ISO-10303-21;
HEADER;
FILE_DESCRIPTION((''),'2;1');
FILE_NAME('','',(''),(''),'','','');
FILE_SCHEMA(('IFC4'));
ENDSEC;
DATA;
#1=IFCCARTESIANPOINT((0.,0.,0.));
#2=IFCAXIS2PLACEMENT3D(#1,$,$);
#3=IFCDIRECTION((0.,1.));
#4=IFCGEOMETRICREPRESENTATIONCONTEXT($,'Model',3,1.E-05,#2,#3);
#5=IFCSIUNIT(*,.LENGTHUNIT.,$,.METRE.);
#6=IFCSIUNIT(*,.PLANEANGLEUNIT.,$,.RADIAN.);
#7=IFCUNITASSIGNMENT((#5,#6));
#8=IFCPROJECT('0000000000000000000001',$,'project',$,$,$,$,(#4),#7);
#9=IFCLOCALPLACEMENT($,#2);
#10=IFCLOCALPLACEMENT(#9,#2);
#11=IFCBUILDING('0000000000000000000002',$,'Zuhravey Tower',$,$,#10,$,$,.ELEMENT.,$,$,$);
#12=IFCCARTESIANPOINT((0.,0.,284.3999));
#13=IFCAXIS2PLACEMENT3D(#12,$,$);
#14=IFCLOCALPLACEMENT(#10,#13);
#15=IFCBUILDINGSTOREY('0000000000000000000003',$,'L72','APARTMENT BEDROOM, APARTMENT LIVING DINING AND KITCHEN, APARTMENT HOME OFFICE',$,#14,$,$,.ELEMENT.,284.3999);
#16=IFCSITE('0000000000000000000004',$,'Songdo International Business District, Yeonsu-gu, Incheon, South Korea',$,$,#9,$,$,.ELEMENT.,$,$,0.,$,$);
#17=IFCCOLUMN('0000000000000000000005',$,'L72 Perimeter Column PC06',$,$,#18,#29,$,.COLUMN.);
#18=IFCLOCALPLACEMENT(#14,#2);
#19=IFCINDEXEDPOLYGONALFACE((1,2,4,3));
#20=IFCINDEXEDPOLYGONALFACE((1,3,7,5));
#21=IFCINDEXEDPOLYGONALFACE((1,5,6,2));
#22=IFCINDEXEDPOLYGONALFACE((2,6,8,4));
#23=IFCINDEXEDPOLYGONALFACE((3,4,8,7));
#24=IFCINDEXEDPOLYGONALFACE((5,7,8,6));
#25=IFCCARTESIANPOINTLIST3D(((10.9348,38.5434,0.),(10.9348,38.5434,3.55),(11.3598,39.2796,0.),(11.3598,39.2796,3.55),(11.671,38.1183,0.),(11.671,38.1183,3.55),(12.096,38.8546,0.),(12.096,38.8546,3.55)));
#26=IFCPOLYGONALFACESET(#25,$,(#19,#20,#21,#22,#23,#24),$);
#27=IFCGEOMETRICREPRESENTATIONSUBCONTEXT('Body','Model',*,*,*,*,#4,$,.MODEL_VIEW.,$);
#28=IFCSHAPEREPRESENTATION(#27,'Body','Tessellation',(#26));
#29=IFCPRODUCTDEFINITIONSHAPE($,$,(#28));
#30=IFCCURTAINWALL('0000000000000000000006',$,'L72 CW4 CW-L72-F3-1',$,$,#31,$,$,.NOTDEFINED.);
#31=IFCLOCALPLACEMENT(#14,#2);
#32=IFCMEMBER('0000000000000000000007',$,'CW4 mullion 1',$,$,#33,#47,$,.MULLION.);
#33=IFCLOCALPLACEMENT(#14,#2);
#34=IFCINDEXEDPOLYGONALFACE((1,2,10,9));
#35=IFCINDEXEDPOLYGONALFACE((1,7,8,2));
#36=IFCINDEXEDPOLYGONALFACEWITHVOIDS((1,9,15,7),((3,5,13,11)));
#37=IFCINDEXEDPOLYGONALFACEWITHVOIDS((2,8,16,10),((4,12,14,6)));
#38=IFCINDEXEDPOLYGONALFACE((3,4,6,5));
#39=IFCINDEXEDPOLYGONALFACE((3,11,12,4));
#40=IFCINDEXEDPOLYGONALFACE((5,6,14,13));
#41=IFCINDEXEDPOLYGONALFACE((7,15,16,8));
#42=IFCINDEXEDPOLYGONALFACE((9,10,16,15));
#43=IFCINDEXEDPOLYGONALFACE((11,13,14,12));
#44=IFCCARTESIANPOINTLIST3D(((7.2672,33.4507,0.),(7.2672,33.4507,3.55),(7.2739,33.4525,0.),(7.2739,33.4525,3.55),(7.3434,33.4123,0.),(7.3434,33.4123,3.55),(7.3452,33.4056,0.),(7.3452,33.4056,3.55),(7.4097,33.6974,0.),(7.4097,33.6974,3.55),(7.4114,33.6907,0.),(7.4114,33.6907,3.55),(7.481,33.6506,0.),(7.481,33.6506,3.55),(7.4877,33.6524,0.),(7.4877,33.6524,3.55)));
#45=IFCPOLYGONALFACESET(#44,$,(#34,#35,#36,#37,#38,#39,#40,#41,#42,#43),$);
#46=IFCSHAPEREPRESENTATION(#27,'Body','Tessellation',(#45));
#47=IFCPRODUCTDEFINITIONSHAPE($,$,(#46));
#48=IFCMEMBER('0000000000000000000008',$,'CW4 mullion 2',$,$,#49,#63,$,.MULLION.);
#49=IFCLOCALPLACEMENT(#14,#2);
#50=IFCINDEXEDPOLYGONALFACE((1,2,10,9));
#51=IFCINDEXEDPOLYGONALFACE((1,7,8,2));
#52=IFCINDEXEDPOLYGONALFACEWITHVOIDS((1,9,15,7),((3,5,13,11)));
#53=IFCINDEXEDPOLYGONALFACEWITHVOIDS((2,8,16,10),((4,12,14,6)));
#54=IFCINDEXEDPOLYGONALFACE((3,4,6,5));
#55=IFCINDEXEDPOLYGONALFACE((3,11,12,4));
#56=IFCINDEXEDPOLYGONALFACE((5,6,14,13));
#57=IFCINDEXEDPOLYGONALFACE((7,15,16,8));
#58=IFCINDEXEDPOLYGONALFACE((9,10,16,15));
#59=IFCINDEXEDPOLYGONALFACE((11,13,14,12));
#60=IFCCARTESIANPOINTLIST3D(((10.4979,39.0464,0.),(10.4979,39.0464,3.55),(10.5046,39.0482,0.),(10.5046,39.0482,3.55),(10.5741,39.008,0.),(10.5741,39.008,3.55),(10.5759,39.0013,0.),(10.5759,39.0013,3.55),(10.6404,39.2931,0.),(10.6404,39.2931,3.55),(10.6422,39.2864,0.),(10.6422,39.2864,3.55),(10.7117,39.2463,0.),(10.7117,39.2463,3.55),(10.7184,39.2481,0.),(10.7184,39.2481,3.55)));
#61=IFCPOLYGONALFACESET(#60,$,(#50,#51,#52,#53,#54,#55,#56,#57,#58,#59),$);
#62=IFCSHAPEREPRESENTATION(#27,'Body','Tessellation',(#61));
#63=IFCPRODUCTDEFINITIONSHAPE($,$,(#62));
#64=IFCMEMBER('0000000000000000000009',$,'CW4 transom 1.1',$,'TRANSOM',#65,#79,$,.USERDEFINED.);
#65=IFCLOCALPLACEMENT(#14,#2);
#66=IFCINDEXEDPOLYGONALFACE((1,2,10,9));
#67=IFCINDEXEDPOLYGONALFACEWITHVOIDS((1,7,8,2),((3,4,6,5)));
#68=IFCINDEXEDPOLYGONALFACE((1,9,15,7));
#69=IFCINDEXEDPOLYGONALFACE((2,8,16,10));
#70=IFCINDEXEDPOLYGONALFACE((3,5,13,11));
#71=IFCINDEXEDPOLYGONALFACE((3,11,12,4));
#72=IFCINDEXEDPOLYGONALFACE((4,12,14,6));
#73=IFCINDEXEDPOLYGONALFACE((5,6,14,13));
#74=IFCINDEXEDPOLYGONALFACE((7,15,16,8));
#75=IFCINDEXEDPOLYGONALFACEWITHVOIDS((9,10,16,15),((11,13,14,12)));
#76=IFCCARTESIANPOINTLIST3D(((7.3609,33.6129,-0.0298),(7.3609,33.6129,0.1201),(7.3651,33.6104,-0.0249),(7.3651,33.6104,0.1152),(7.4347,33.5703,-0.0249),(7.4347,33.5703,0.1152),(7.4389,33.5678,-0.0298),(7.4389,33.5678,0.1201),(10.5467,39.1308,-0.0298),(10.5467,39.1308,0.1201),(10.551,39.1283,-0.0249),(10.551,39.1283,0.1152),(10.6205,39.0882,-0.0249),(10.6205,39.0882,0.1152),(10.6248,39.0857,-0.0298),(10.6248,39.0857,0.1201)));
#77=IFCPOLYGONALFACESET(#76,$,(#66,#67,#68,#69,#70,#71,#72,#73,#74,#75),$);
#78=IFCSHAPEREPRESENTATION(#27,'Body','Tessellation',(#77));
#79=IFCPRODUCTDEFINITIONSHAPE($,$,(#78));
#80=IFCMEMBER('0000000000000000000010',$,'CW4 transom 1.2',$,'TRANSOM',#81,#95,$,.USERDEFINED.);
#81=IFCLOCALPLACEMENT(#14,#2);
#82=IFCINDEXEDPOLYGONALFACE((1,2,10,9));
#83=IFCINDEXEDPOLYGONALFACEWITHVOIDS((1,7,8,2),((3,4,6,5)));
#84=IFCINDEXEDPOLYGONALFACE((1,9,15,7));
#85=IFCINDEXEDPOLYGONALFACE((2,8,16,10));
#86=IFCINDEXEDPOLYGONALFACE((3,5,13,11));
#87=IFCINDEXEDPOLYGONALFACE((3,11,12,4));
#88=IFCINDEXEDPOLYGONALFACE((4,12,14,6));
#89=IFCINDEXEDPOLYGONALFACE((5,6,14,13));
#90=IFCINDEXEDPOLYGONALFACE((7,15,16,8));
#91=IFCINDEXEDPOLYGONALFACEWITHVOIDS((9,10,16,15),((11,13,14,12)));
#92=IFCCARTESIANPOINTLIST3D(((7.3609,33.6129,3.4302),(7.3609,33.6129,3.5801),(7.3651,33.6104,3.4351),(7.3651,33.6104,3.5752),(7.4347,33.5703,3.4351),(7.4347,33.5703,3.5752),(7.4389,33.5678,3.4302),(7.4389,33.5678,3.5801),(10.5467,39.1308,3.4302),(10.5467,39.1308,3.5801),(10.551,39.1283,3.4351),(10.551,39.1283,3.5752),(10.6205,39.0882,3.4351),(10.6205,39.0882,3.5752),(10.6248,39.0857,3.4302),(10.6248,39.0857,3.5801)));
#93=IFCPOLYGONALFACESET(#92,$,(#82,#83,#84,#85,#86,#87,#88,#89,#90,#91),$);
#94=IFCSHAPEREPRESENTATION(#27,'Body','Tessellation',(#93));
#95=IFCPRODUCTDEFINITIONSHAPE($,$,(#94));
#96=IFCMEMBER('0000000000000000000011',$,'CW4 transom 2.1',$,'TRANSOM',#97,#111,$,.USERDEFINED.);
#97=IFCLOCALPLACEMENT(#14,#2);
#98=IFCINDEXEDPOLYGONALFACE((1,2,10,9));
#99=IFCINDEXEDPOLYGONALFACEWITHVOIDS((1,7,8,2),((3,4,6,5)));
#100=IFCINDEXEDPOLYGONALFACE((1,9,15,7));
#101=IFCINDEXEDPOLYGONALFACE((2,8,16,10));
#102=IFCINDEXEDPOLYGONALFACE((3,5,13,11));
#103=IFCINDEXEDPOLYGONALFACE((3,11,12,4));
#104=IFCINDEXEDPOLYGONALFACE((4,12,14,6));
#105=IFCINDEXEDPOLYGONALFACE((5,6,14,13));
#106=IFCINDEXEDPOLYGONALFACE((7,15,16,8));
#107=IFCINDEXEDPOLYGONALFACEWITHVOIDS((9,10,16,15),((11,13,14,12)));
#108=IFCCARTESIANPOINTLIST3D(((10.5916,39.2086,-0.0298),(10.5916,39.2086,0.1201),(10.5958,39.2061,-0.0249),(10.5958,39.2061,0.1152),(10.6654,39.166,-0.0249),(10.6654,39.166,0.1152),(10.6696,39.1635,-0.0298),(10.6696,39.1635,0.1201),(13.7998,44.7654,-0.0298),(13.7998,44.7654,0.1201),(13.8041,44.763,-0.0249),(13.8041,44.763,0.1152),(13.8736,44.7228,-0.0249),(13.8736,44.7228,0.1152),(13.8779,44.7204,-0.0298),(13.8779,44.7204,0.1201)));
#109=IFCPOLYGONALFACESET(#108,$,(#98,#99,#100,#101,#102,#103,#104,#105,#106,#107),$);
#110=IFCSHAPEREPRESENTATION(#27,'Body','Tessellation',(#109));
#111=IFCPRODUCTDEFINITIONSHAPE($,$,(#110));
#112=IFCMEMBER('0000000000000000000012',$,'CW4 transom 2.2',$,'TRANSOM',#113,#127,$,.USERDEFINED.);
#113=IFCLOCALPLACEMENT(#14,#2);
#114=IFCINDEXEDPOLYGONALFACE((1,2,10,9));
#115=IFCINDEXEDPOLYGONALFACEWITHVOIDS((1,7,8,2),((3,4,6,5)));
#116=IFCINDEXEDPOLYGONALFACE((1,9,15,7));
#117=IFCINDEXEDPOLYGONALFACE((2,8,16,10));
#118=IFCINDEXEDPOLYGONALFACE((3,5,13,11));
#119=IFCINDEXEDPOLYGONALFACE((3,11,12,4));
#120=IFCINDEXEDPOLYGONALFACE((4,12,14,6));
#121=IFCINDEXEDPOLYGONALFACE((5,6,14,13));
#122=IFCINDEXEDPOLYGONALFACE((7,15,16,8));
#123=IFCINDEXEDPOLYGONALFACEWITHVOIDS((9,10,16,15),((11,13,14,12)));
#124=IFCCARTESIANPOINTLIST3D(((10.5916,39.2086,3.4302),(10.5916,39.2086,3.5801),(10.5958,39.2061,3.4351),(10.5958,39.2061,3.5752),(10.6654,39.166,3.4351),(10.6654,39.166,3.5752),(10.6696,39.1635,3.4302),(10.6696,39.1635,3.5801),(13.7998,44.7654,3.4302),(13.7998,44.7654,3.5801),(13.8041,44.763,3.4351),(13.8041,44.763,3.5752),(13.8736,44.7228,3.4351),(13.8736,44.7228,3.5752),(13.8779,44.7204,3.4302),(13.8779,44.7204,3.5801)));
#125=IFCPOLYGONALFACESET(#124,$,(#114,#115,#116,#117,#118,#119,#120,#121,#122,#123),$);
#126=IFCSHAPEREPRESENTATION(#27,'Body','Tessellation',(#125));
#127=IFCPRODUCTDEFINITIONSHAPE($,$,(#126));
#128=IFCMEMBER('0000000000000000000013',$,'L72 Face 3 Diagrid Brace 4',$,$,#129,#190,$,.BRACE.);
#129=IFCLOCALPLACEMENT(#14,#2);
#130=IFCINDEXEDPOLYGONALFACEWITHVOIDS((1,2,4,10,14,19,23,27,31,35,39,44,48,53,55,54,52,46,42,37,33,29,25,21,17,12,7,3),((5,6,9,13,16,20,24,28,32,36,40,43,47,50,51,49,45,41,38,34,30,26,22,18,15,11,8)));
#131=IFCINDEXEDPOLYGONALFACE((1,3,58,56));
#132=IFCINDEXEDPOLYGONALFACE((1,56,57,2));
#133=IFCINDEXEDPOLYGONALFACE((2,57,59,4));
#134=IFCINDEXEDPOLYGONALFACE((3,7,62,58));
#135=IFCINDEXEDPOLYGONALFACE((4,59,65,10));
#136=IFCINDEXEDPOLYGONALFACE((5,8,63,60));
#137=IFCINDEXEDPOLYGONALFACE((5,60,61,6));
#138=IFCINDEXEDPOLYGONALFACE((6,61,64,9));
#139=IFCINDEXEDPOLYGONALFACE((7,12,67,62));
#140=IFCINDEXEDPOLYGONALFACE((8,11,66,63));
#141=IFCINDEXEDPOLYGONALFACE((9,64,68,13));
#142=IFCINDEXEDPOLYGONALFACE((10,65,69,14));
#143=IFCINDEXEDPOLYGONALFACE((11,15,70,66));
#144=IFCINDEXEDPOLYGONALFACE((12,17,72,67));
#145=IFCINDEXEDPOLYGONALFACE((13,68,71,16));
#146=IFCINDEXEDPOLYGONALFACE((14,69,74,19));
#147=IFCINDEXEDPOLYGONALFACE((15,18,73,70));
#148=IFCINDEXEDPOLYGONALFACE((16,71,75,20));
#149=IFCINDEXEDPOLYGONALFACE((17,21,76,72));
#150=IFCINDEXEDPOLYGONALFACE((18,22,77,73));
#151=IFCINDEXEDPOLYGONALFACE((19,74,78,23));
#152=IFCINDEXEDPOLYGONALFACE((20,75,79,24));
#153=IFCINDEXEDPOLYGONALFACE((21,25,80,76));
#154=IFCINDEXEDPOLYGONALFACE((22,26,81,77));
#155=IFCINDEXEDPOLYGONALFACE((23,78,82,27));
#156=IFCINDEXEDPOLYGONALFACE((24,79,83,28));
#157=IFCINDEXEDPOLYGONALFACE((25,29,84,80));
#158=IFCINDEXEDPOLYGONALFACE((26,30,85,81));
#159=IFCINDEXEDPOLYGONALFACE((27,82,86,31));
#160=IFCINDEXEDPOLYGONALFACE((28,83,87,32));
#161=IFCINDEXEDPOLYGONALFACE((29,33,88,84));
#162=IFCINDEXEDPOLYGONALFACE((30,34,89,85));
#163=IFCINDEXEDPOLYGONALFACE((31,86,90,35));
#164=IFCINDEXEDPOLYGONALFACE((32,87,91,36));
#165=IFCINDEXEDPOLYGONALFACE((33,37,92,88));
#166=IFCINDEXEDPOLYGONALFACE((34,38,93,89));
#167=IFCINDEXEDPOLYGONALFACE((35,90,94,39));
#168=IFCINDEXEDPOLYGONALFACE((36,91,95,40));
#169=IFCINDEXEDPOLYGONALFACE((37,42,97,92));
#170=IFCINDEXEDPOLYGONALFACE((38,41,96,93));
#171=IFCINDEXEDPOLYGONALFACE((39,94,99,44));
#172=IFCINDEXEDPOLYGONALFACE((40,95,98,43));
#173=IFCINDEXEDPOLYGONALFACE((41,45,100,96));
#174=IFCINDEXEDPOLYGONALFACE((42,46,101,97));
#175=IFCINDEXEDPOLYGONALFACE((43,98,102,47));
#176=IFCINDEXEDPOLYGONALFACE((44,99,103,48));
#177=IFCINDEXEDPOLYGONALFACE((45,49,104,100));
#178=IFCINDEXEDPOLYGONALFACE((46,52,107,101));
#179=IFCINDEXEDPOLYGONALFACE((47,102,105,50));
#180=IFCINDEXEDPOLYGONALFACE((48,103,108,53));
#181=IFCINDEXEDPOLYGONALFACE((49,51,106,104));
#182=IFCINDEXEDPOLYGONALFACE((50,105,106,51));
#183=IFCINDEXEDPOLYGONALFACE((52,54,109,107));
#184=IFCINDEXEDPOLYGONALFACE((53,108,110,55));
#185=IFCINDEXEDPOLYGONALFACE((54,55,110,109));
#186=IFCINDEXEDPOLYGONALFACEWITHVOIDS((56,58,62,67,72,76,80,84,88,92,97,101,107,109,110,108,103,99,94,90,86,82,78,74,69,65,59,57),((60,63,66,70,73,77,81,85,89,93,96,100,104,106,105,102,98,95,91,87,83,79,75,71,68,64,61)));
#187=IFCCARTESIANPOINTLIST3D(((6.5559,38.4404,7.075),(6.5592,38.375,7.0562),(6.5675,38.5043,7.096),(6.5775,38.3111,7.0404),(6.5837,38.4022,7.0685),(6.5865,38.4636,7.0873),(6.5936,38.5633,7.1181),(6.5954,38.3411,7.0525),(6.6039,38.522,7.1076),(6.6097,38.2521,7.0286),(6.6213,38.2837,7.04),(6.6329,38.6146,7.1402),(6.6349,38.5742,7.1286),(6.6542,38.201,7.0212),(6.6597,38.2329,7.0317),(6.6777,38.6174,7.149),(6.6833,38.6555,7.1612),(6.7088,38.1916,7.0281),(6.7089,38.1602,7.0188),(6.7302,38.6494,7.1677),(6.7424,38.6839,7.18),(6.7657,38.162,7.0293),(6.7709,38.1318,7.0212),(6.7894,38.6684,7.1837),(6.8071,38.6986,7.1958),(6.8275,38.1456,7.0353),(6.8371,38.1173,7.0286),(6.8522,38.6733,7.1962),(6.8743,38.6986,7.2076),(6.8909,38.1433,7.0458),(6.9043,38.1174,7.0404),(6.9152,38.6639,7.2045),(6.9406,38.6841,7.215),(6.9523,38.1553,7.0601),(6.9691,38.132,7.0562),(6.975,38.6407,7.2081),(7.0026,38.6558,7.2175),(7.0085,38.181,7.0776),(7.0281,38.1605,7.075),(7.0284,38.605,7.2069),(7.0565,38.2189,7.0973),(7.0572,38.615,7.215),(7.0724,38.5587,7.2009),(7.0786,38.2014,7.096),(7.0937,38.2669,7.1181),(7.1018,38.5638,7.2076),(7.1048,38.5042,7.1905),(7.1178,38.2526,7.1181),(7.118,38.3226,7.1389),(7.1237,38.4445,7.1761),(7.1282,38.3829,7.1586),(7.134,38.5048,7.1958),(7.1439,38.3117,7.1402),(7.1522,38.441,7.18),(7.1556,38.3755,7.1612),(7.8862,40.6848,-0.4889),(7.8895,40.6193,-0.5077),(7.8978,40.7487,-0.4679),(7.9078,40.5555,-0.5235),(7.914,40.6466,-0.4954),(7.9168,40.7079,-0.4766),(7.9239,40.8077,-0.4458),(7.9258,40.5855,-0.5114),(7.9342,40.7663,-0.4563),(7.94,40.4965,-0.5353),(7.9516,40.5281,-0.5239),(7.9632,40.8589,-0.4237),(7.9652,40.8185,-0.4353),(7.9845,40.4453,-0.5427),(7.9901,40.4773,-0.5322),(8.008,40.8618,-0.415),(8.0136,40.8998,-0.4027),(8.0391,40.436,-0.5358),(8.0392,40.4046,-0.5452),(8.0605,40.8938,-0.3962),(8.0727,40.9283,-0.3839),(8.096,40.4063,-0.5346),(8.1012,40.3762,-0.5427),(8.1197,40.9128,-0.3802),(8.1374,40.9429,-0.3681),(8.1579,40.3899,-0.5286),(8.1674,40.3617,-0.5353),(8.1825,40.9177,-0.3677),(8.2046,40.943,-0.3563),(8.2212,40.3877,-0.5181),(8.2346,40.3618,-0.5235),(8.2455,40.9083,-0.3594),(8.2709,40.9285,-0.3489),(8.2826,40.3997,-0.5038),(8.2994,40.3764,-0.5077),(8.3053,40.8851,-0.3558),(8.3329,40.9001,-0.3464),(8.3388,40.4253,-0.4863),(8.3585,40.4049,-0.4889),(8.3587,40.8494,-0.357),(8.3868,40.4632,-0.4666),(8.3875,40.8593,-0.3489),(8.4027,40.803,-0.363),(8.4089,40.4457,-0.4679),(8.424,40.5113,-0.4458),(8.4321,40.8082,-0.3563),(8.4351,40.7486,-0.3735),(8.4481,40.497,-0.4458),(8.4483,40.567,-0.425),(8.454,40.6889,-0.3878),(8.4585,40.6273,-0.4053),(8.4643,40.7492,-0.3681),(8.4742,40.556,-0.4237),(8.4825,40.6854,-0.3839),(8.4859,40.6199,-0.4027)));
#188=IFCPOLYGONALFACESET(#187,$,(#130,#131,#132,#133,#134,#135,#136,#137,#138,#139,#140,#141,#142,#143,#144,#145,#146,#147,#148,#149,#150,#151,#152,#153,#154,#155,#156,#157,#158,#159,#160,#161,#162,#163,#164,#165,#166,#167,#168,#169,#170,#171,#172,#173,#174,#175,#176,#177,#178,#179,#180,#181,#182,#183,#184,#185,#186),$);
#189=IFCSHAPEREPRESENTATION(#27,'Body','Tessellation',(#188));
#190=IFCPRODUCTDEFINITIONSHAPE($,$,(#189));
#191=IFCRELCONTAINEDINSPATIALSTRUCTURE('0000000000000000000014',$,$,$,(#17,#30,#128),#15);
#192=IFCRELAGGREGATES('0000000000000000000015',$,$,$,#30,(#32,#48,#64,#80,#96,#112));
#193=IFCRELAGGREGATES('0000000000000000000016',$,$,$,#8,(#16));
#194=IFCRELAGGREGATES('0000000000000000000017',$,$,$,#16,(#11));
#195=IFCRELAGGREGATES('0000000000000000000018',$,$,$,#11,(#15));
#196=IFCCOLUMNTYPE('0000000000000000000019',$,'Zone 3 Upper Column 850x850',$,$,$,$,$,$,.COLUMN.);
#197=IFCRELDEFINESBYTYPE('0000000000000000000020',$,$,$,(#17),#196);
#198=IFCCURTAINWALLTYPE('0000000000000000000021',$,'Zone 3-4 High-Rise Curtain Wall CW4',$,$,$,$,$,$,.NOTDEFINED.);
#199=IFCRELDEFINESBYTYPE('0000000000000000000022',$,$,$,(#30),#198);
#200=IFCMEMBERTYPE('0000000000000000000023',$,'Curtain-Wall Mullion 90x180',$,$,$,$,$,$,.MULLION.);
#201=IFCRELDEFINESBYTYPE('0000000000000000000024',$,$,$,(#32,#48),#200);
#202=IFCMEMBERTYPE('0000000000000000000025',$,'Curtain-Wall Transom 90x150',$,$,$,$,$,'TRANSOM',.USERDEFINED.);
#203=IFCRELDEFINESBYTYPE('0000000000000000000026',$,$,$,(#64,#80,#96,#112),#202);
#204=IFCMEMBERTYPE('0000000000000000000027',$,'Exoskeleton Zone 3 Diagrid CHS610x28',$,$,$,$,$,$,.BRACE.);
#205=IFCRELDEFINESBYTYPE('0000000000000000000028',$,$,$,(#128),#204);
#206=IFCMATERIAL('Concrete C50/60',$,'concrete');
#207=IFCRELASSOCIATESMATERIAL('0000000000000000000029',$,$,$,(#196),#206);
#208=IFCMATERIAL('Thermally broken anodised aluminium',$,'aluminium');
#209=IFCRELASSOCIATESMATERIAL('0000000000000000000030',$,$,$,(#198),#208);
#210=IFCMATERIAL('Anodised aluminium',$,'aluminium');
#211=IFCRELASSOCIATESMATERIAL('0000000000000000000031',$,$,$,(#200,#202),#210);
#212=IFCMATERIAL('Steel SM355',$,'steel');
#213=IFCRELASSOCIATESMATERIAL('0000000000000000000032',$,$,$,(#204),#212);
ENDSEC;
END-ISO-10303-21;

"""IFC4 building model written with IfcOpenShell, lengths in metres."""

from ifc_helpers import new_model, si_unit, direction, frame, origin, origin_2d, place, context, subcontext, project, spatial, rectangle, hollow_rectangle, hollow_circle, extrude, material, material_profile, profile_set, type_object, element, aggregate, save


model = new_model("IFC4")

# Units and contexts
model_context = context("Model", 3, precision=1e-05, world=origin(), true_north=direction((0.0, 1.0)))
body_context = subcontext(model_context, "Body", "Model", "MODEL_VIEW")
ifc_project = project(units=[si_unit("LENGTHUNIT", "METRE"), si_unit("PLANEANGLEUNIT", "RADIAN")], contexts=[model_context])

# Site, building, storey
site_placement = place(None, origin())
site = spatial("IfcSite", under=ifc_project, at=site_placement, Name="Songdo International Business District, Yeonsu-gu, Incheon, South Korea", CompositionType="ELEMENT", RefElevation=0.0)
building_placement = place(site_placement, origin())
building = spatial("IfcBuilding", under=site, at=building_placement, Name="Zuhravey Tower", CompositionType="ELEMENT")
storey_placement = place(building_placement, frame((0.0, 0.0, 284.3999)))
storey = spatial("IfcBuildingStorey", under=building, at=storey_placement, Name="L72", Description="APARTMENT BEDROOM, APARTMENT LIVING DINING AND KITCHEN, APARTMENT HOME OFFICE", CompositionType="ELEMENT", Elevation=284.3999)

# Column
ifc_material_1 = material(Name="Concrete C50/60", Category="concrete")
ifc_material_profile_1 = material_profile(ifc_material_1, rectangle(XDim=0.8501, YDim=0.8501, at=origin_2d()), Name="RC-850x850")
ifc_profile_set_1 = profile_set([ifc_material_profile_1], Name="Concrete C50/60")
column_type = type_object("IfcColumnType", Name="Zone 3 Upper Column 850x850", PredefinedType="COLUMN", material=ifc_profile_set_1)
column_placement = place(storey_placement, frame((11.5154, 38.699, 0.0), z_axis=(0.0, 0.0, 1.0), x_axis=(-0.5, -0.866025, 0.0)))
element("IfcColumn", 1, at=column_placement, inside=storey, type_object=column_type, Name="L72 Perimeter Column PC06", PredefinedType="COLUMN", context=body_context, shape_type="SweptSolid", body=[
    extrude(rectangle(XDim=0.8501, YDim=0.8501, at=origin_2d()), origin(), (0.0, 0.0, 1.0), 3.55),
])

# Curtain wall, members
ifc_material_2 = material(Name="Thermally broken anodised aluminium", Category="aluminium")
curtain_wall_type = type_object("IfcCurtainWallType", Name="Zone 3-4 High-Rise Curtain Wall CW4", PredefinedType="NOTDEFINED", material=ifc_material_2)
curtain_wall_placement = place(storey_placement, origin())
curtain_wall = element("IfcCurtainWall", 2, at=curtain_wall_placement, inside=storey, type_object=curtain_wall_type, Name="L72 CW4 CW-L72-F3-1", PredefinedType="NOTDEFINED")
ifc_material_3 = material(Name="Anodised aluminium", Category="aluminium")
ifc_material_profile_2 = material_profile(ifc_material_3, hollow_rectangle(XDim=0.0901, YDim=0.2849, WallThickness=0.0049, at=origin_2d()), Name="ALU-RHS-90x285x5")
ifc_profile_set_2 = profile_set([ifc_material_profile_2], Name="Anodised aluminium")
member_type_1 = type_object("IfcMemberType", Name="Curtain-Wall Mullion 90x180", PredefinedType="MULLION", material=ifc_profile_set_2)
member_1_placement = place(storey_placement, frame((7.3774, 33.5515, 0.0), z_axis=(0.0, 0.0, 1.0), x_axis=(-0.866025, 0.500001, 0.0)))
member_1 = element("IfcMember", 3, at=member_1_placement, type_object=member_type_1, Name="CW4 mullion 1", PredefinedType="MULLION", context=body_context, shape_type="SweptSolid", body=[
    extrude(hollow_rectangle(XDim=0.0901, YDim=0.2849, WallThickness=0.0049, at=origin_2d()), origin(), (0.0, 0.0, 1.0), 3.55),
])
member_2_placement = place(storey_placement, frame((10.6082, 39.1472, 0.0), z_axis=(0.0, 0.0, 1.0), x_axis=(-0.866025, 0.500001, 0.0)))
member_2 = element("IfcMember", 4, at=member_2_placement, type_object=member_type_1, Name="CW4 mullion 2", PredefinedType="MULLION", context=body_context, shape_type="SweptSolid", body=[
    extrude(hollow_rectangle(XDim=0.0901, YDim=0.2849, WallThickness=0.0049, at=origin_2d()), origin(), (0.0, 0.0, 1.0), 3.55),
])
ifc_material_profile_3 = material_profile(ifc_material_3, hollow_rectangle(XDim=0.0901, YDim=0.1499, WallThickness=0.0049, at=origin_2d()), Name="ALU-RHS-90x150x5")
ifc_profile_set_3 = profile_set([ifc_material_profile_3], Name="Anodised aluminium")
member_type_2 = type_object("IfcMemberType", Name="Curtain-Wall Transom 90x150", ElementType="TRANSOM", PredefinedType="USERDEFINED", material=ifc_profile_set_3)
member_3_placement = place(storey_placement, frame((7.3999, 33.5903, 0.0452), z_axis=(0.500009, 0.86602, 0.0), x_axis=(-0.86602, 0.500009, 0.0)))
member_3 = element("IfcMember", 5, at=member_3_placement, type_object=member_type_2, Name="CW4 transom 1.1", ObjectType="TRANSOM", PredefinedType="USERDEFINED", context=body_context, shape_type="SweptSolid", body=[
    extrude(hollow_rectangle(XDim=0.0901, YDim=0.1499, WallThickness=0.0049, at=origin_2d()), origin(), (0.0, 0.0, 1.0), 6.3716),
])
member_4_placement = place(storey_placement, frame((7.3999, 33.5903, 3.5051), z_axis=(0.500009, 0.86602, 0.0), x_axis=(-0.86602, 0.500009, 0.0)))
member_4 = element("IfcMember", 6, at=member_4_placement, type_object=member_type_2, Name="CW4 transom 1.2", ObjectType="TRANSOM", PredefinedType="USERDEFINED", context=body_context, shape_type="SweptSolid", body=[
    extrude(hollow_rectangle(XDim=0.0901, YDim=0.1499, WallThickness=0.0049, at=origin_2d()), origin(), (0.0, 0.0, 1.0), 6.3716),
])
member_5_placement = place(storey_placement, frame((10.6306, 39.186, 0.0452), z_axis=(0.499998, 0.866027, 0.0), x_axis=(-0.866027, 0.499998, 0.0)))
member_5 = element("IfcMember", 7, at=member_5_placement, type_object=member_type_2, Name="CW4 transom 2.1", ObjectType="TRANSOM", PredefinedType="USERDEFINED", context=body_context, shape_type="SweptSolid", body=[
    extrude(hollow_rectangle(XDim=0.0901, YDim=0.1499, WallThickness=0.0049, at=origin_2d()), origin(), (0.0, 0.0, 1.0), 6.4165),
])
member_6_placement = place(storey_placement, frame((10.6306, 39.186, 3.5051), z_axis=(0.499998, 0.866027, 0.0), x_axis=(-0.866027, 0.499998, 0.0)))
member_6 = element("IfcMember", 8, at=member_6_placement, type_object=member_type_2, Name="CW4 transom 2.2", ObjectType="TRANSOM", PredefinedType="USERDEFINED", context=body_context, shape_type="SweptSolid", body=[
    extrude(hollow_rectangle(XDim=0.0901, YDim=0.1499, WallThickness=0.0049, at=origin_2d()), origin(), (0.0, 0.0, 1.0), 6.4165),
])

# Member
ifc_material_4 = material(Name="Steel SM355", Category="steel")
ifc_material_profile_4 = material_profile(ifc_material_4, hollow_circle(Radius=0.3047, WallThickness=0.0281, at=origin_2d()), Name="CHS-609.6x28")
ifc_profile_set_4 = profile_set([ifc_material_profile_4], Name="Steel SM355")
member_type_3 = type_object("IfcMemberType", Name="Exoskeleton Zone 3 Diagrid CHS610x28", PredefinedType="BRACE", material=ifc_profile_set_4)
member_7_placement = place(storey_placement, frame((8.186, 40.6523, -0.4458), z_axis=(-0.166264, -0.280503, 0.945344), x_axis=(0.860238, -0.509892, 0.0)))
element("IfcMember", 9, at=member_7_placement, inside=storey, type_object=member_type_3, Name="L72 Face 3 Diagrid Brace 4", PredefinedType="BRACE", context=body_context, shape_type="SweptSolid", body=[
    extrude(hollow_circle(Radius=0.3047, WallThickness=0.0281, at=origin_2d()), origin(), (0.0, 0.0, 1.0), 8.0012),
])

aggregate(curtain_wall, [member_1, member_2, member_3, member_4, member_5, member_6])

save(model, "model.ifc")
